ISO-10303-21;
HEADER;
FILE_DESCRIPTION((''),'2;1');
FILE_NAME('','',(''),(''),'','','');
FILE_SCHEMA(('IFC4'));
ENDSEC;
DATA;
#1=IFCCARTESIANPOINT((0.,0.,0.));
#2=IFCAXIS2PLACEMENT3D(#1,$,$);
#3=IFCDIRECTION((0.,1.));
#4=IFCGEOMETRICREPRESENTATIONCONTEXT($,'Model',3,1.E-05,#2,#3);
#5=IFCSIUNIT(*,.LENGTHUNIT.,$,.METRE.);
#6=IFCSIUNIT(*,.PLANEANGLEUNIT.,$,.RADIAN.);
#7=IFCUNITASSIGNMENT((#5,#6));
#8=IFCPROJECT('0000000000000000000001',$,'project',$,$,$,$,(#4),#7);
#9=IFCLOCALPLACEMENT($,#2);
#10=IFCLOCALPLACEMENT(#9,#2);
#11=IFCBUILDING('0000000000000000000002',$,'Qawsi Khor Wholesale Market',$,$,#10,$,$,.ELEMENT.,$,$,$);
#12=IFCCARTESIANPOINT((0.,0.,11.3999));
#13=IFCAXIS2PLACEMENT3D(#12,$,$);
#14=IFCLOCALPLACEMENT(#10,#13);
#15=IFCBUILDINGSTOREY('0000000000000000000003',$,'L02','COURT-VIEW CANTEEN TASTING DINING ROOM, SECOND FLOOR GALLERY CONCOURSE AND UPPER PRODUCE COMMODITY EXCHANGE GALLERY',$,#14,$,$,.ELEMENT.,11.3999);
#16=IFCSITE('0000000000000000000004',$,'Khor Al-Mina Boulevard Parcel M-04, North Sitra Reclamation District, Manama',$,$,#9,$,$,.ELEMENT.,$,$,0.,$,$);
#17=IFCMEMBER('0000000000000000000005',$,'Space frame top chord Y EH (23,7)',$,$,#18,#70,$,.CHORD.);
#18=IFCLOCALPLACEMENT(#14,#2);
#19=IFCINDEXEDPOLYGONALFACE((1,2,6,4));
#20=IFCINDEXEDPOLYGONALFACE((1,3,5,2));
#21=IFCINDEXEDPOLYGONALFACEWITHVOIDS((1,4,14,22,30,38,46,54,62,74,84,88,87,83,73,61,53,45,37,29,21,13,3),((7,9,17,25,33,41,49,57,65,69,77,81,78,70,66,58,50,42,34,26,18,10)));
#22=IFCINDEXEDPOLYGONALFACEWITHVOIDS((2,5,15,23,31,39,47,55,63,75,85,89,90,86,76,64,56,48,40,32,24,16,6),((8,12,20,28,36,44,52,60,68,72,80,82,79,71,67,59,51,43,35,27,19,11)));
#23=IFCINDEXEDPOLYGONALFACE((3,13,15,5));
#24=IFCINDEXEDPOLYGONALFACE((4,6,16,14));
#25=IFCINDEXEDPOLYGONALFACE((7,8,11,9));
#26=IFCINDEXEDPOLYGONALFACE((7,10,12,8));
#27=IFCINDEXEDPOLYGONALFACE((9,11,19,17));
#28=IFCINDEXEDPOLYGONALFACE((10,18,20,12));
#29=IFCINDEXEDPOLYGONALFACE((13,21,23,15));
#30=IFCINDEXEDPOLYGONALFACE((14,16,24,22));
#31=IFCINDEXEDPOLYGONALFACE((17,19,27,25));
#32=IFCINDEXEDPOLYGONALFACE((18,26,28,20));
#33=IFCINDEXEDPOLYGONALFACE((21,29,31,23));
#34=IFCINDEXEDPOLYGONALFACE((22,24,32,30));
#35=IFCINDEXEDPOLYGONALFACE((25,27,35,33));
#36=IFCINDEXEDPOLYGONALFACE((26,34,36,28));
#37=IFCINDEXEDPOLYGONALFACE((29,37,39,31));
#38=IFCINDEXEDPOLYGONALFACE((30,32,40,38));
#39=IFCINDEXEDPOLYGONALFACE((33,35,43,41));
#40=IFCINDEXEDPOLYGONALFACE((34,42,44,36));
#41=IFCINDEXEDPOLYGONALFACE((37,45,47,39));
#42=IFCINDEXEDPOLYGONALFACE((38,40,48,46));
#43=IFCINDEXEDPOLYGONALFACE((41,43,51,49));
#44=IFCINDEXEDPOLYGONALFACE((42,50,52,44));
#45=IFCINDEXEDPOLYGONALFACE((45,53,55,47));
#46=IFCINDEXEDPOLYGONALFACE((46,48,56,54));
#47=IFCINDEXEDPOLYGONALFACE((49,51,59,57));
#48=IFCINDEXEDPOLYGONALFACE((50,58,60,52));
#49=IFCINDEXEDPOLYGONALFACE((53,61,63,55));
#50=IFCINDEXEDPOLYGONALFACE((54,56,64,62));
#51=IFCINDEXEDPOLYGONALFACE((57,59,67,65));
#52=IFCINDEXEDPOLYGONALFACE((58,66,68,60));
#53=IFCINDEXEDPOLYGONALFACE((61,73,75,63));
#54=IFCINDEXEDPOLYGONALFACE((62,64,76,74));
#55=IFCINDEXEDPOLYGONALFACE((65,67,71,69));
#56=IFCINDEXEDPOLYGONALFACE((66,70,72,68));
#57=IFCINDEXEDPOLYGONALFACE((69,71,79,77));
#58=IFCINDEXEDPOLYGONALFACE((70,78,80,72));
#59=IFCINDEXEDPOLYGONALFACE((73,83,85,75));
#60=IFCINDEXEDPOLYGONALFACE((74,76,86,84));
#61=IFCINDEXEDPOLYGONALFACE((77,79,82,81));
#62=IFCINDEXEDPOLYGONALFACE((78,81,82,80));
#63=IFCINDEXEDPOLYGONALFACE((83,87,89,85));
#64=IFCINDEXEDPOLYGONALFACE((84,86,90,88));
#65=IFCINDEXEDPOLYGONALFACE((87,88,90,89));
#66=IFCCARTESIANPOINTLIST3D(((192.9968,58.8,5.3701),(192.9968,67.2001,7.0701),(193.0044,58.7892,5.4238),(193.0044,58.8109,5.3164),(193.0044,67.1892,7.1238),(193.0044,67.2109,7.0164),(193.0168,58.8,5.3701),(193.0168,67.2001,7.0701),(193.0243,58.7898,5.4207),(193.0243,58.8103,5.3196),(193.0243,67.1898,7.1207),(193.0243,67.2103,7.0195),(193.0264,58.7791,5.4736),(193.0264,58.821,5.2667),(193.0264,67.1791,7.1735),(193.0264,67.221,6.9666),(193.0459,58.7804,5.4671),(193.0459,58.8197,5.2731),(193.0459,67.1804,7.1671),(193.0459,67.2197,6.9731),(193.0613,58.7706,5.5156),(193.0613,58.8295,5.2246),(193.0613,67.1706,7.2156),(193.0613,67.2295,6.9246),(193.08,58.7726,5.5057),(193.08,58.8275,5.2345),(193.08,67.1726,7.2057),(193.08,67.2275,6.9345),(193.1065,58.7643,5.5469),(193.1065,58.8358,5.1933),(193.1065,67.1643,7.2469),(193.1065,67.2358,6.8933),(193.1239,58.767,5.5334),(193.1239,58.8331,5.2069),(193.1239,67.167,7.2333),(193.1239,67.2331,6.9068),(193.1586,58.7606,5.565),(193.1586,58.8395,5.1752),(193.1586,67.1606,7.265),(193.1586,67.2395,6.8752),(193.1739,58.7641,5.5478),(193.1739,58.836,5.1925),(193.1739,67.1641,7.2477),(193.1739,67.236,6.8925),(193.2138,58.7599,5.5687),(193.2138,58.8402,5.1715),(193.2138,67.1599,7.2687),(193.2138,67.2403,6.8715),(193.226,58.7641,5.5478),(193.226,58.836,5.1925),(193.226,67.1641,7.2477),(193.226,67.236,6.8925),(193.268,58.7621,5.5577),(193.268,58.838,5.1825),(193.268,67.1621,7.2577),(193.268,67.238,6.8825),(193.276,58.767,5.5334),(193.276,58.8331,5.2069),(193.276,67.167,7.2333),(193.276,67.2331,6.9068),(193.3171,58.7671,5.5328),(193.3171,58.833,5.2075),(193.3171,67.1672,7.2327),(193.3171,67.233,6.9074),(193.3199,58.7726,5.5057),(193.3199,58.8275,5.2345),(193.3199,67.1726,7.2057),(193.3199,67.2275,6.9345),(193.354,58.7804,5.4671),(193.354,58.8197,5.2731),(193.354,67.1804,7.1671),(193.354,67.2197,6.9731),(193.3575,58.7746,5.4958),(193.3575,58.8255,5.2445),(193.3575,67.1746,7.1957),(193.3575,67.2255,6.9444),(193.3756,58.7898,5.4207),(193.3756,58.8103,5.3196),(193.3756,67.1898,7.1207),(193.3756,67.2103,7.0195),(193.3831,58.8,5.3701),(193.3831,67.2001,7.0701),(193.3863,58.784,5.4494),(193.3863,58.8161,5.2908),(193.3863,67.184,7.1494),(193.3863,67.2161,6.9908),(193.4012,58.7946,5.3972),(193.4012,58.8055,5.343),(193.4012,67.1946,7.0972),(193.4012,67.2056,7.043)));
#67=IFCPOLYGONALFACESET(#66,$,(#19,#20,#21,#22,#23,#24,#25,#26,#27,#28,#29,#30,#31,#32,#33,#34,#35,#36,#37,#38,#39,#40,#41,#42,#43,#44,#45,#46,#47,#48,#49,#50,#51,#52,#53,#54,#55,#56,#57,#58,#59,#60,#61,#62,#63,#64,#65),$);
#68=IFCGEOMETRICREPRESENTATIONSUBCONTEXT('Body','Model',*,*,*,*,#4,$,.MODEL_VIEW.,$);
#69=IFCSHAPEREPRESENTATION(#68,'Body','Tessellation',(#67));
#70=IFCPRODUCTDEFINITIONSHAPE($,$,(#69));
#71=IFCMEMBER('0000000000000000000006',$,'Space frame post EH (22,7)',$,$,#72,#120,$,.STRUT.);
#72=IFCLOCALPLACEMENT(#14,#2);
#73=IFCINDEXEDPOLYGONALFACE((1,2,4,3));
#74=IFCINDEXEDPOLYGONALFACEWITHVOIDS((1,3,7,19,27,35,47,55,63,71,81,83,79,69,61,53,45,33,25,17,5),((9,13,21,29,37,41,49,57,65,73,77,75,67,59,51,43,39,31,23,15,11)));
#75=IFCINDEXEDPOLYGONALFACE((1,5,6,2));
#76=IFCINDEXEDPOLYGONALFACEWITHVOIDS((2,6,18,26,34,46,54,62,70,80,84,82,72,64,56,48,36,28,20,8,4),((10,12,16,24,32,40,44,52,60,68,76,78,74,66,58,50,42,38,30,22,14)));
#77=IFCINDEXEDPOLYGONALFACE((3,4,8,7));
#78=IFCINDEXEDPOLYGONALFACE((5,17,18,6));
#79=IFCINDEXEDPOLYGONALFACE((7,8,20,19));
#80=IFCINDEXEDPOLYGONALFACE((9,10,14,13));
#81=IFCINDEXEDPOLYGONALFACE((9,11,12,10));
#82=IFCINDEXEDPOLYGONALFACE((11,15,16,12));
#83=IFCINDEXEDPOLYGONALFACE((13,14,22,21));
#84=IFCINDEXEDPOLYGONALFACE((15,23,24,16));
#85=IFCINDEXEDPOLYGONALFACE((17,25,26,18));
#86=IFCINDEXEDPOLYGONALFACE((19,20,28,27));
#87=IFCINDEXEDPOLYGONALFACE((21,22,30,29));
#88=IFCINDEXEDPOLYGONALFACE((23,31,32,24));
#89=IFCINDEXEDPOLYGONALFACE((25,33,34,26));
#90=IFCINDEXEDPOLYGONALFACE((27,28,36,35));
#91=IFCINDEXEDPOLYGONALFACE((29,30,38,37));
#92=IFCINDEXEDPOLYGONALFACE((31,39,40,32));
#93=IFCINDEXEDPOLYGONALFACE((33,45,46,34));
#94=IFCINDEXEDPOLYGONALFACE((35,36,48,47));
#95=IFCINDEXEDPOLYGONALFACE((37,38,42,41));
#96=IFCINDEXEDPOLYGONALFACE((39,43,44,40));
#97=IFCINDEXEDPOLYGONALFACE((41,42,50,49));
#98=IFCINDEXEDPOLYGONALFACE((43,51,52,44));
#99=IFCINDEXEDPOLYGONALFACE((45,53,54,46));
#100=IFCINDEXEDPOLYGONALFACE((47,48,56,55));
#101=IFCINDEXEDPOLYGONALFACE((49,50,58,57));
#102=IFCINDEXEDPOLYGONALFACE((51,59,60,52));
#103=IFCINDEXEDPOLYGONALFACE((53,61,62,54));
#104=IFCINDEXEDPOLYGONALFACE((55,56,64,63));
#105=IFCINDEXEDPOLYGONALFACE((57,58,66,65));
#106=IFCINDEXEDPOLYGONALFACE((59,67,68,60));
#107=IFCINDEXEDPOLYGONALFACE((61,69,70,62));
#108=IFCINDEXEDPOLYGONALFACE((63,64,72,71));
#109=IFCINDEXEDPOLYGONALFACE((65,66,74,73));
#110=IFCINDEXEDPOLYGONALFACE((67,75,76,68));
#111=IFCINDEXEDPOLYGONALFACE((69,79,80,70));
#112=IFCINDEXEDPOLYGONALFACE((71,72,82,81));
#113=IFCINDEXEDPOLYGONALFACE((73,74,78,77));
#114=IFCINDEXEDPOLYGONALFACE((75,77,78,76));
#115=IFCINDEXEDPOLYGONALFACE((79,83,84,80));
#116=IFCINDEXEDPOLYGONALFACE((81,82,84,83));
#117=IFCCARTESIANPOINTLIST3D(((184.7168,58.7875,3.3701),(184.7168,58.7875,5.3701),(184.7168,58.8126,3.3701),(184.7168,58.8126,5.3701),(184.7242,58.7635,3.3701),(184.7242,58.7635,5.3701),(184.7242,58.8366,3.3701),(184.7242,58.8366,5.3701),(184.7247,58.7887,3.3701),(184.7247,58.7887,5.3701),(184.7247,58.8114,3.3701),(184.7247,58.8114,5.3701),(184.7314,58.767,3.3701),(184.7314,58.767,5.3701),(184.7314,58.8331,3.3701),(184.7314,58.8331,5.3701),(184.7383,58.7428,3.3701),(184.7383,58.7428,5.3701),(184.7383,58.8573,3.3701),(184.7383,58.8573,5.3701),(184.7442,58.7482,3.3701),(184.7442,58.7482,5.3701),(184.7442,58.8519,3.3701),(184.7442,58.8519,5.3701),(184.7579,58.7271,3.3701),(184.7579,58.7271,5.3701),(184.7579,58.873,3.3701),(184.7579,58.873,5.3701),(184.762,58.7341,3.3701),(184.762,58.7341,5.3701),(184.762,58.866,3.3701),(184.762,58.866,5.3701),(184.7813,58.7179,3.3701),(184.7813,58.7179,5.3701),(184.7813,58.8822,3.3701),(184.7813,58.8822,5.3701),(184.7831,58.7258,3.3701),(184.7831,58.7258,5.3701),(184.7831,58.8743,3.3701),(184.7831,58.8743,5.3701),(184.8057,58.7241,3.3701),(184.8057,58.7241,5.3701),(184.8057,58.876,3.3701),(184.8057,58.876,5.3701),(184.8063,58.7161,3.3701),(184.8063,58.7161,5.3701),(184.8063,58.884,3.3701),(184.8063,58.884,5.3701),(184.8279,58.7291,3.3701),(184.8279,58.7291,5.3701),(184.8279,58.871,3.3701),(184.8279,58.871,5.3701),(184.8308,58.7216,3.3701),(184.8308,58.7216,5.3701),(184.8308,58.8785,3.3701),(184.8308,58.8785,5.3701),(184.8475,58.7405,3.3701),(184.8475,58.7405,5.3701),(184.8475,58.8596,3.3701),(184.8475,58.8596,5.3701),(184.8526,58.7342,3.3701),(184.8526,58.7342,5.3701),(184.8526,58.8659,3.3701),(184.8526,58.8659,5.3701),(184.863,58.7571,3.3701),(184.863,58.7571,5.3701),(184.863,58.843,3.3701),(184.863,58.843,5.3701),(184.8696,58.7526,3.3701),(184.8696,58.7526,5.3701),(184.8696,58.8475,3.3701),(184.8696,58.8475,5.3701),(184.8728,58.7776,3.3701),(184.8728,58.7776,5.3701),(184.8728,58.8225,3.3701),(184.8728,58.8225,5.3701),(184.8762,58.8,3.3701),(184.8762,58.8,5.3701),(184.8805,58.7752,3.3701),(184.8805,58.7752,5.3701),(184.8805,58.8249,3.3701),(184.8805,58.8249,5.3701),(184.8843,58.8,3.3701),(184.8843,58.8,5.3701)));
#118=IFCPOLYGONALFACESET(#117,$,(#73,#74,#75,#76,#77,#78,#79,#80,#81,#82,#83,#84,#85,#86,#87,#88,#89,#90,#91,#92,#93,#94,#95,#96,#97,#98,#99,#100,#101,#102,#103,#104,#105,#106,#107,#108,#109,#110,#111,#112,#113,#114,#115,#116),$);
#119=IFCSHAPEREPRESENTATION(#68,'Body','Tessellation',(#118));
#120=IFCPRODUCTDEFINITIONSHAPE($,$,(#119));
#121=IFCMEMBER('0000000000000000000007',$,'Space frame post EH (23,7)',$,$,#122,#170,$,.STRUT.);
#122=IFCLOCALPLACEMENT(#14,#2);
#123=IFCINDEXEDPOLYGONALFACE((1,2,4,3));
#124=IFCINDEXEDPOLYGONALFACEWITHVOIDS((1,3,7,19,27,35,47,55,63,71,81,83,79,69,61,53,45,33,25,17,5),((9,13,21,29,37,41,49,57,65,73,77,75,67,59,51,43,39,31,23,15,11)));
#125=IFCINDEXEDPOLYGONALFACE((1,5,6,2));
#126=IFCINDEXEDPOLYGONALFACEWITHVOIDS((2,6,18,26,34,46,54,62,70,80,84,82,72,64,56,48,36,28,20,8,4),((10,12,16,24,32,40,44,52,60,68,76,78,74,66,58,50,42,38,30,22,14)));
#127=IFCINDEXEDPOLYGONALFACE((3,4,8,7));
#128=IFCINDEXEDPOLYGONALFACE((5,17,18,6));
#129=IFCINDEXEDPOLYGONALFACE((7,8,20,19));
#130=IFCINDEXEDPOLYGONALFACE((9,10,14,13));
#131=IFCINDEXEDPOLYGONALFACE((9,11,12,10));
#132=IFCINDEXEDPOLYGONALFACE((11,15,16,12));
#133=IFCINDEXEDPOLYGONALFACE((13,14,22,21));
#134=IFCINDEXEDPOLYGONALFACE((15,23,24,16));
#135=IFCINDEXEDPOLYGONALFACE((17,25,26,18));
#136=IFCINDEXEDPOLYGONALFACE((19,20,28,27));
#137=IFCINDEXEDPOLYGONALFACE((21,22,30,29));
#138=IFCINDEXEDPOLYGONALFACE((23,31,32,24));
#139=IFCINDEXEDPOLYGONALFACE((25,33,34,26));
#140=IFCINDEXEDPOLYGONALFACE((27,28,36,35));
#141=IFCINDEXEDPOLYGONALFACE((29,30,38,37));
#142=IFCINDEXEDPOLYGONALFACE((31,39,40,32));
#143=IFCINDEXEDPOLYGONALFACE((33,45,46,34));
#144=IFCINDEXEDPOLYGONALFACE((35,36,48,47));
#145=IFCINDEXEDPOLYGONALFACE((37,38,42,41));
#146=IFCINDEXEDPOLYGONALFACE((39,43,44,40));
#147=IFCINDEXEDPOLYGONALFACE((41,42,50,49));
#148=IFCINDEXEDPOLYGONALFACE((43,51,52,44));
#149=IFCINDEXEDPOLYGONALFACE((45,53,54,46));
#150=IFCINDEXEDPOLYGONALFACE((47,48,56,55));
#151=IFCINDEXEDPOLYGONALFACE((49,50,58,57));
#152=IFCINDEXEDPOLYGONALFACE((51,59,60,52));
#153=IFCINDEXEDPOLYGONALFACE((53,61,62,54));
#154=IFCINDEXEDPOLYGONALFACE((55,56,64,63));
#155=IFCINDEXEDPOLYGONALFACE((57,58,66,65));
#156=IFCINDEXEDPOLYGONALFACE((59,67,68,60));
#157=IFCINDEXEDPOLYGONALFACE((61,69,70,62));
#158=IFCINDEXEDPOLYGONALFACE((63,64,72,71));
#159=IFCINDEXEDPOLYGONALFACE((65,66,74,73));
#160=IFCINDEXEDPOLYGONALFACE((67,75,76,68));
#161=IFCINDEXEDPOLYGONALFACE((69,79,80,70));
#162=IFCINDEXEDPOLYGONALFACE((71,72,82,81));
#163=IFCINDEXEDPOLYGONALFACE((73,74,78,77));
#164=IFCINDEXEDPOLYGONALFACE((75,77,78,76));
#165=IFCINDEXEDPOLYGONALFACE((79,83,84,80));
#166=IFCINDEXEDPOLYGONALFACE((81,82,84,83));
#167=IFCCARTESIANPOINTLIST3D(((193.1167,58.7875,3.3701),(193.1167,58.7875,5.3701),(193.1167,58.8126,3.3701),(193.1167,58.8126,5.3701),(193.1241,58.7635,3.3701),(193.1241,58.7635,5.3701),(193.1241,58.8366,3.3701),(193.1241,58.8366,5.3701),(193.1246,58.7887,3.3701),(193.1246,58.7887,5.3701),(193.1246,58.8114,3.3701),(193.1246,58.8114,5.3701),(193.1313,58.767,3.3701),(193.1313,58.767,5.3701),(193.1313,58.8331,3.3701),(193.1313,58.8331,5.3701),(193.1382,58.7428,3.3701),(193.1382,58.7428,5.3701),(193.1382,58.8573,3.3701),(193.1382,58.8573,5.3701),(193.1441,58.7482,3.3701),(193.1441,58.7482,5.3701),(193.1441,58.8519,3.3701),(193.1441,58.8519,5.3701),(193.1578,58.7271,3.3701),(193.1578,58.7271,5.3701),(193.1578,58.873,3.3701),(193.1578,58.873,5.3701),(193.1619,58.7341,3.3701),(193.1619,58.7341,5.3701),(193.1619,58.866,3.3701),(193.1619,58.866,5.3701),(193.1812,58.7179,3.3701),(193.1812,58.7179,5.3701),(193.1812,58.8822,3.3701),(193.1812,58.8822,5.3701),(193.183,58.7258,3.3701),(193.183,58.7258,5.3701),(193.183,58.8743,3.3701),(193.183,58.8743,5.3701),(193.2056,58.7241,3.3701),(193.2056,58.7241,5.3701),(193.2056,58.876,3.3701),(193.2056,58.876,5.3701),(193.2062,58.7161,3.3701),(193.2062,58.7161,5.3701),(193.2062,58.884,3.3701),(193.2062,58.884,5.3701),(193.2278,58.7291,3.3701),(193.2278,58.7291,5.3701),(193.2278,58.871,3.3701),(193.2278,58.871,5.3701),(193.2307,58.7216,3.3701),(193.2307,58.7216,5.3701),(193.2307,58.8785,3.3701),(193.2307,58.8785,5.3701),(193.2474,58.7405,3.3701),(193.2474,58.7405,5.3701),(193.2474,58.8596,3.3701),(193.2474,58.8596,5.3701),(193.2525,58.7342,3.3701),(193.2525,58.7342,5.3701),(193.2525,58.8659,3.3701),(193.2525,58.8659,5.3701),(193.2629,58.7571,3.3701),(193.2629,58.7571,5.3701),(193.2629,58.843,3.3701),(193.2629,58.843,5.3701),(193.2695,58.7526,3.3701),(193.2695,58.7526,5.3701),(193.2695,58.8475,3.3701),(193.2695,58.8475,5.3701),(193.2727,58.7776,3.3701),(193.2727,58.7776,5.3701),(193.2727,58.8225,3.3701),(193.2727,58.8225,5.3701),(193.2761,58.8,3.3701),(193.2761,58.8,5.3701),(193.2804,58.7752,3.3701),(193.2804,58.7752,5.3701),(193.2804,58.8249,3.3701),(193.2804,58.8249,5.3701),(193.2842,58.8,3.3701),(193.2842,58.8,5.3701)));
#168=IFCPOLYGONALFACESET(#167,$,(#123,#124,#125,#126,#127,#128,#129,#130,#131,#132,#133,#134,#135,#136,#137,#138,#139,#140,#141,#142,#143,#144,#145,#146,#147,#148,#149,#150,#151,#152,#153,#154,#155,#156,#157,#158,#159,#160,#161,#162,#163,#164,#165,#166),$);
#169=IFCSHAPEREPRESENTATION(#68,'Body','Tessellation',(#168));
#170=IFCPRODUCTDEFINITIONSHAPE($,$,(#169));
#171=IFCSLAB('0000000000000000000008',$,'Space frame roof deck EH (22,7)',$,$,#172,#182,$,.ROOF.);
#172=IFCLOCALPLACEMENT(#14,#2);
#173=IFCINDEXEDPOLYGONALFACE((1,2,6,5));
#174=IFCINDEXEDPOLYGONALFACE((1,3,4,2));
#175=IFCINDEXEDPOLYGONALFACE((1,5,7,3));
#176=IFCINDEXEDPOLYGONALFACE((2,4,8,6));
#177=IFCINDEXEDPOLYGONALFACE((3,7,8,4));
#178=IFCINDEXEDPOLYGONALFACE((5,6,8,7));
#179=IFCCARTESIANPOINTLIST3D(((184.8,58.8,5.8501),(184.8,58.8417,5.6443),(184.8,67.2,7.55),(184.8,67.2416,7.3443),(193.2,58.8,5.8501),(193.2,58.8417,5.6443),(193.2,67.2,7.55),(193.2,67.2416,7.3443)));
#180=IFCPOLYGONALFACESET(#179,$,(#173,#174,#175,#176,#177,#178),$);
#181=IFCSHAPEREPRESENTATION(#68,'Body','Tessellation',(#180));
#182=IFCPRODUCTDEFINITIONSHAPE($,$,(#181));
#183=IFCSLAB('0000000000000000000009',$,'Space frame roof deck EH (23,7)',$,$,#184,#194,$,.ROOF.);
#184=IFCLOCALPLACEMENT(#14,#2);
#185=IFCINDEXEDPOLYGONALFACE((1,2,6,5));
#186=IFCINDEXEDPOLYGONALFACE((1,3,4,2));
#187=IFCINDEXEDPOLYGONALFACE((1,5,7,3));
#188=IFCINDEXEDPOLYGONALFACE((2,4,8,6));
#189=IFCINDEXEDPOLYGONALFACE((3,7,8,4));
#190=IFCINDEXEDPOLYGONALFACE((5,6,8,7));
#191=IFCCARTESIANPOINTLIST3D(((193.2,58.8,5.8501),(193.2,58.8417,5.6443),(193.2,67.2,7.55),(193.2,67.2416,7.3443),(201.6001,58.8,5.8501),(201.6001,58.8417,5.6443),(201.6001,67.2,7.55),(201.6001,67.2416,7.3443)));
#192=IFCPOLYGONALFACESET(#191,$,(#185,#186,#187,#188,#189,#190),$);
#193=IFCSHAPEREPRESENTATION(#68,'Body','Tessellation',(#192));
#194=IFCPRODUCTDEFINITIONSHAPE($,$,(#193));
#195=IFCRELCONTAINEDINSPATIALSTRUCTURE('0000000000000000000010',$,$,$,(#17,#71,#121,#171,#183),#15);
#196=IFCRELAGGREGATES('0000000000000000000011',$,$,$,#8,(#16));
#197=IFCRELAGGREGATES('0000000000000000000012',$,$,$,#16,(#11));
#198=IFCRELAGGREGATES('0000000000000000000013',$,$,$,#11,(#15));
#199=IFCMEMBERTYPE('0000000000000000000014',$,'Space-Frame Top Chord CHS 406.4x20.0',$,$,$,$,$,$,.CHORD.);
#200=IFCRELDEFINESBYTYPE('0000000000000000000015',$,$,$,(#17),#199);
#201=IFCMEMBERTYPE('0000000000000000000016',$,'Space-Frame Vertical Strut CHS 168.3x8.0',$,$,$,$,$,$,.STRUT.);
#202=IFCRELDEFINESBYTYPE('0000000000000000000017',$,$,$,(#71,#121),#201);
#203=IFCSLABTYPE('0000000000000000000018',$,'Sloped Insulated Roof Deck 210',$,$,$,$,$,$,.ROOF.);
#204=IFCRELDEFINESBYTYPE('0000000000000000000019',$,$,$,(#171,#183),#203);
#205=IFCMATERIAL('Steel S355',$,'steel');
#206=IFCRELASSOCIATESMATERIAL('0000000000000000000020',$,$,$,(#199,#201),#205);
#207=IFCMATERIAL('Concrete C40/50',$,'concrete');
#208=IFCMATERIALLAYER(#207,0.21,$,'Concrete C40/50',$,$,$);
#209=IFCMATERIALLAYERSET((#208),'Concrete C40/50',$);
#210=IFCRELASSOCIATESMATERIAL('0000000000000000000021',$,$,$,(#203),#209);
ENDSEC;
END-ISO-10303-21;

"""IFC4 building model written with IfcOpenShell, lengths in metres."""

from ifc_helpers import new_model, si_unit, direction, frame, origin, origin_2d, place, context, subcontext, project, spatial, polyline, hollow_circle, outline, extrude, material, layer, layer_set, material_profile, profile_set, type_object, element, save


model = new_model("IFC4")

# Units and contexts
model_context = context("Model", 3, precision=1e-05, world=origin(), true_north=direction((0.0, 1.0)))
body_context = subcontext(model_context, "Body", "Model", "MODEL_VIEW")
ifc_project = project(units=[si_unit("LENGTHUNIT", "METRE"), si_unit("PLANEANGLEUNIT", "RADIAN")], contexts=[model_context])

# Site, building, storey
site_placement = place(None, origin())
site = spatial("IfcSite", under=ifc_project, at=site_placement, Name="Khor Al-Mina Boulevard Parcel M-04, North Sitra Reclamation District, Manama", CompositionType="ELEMENT", RefElevation=0.0)
building_placement = place(site_placement, origin())
building = spatial("IfcBuilding", under=site, at=building_placement, Name="Qawsi Khor Wholesale Market", CompositionType="ELEMENT")
storey_placement = place(building_placement, frame((0.0, 0.0, 11.3999)))
storey = spatial("IfcBuildingStorey", under=building, at=storey_placement, Name="L02", Description="COURT-VIEW CANTEEN TASTING DINING ROOM, SECOND FLOOR GALLERY CONCOURSE AND UPPER PRODUCE COMMODITY EXCHANGE GALLERY", CompositionType="ELEMENT", Elevation=11.3999)

# Members
ifc_material_1 = material(Name="Steel S355", Category="steel")
ifc_material_profile_1 = material_profile(ifc_material_1, hollow_circle(Radius=0.2031, WallThickness=0.02, at=origin_2d()), Name="CHS 406.4x20.0")
ifc_profile_set_1 = profile_set([ifc_material_profile_1], Name="Steel S355")
member_type_1 = type_object("IfcMemberType", Name="Space-Frame Top Chord CHS 406.4x20.0", PredefinedType="CHORD", material=ifc_profile_set_1)
for number, where, z_axis, x_axis, name in (
    (1, (193.2, 58.8, 5.3701), (0.0, 0.98013, 0.198356), (-1.0, 0.0, 0.0), "Space frame top chord Y EH (23,7)"),
):
    element("IfcMember", number, at=place(storey_placement, frame(where, z_axis=z_axis, x_axis=x_axis)), inside=storey, type_object=member_type_1, Name=name, PredefinedType="CHORD", context=body_context, shape_type="SweptSolid", body=[
        extrude(hollow_circle(Radius=0.2031, WallThickness=0.02, at=origin_2d()), origin(), (0.0, 0.0, 1.0), 8.5703),
    ])
ifc_material_profile_2 = material_profile(ifc_material_1, hollow_circle(Radius=0.0842, WallThickness=0.0081, at=origin_2d()), Name="CHS 168.3x8.0")
ifc_profile_set_2 = profile_set([ifc_material_profile_2], Name="Steel S355")
member_type_2 = type_object("IfcMemberType", Name="Space-Frame Vertical Strut CHS 168.3x8.0", PredefinedType="STRUT", material=ifc_profile_set_2)
for number, where, z_axis, x_axis, name in (
    (2, (184.8, 58.8, 3.3701), (0.0, 0.0, 1.0), (1.0, 0.0, 0.0), "Space frame post EH (22,7)"),
    (3, (193.2, 58.8, 3.3701), (0.0, 0.0, 1.0), (1.0, 0.0, 0.0), "Space frame post EH (23,7)"),
):
    element("IfcMember", number, at=place(storey_placement, frame(where, z_axis=z_axis, x_axis=x_axis)), inside=storey, type_object=member_type_2, Name=name, PredefinedType="STRUT", context=body_context, shape_type="SweptSolid", body=[
        extrude(hollow_circle(Radius=0.0842, WallThickness=0.0081, at=origin_2d()), origin(), (0.0, 0.0, 1.0), 2.0),
    ])

# Slabs
ifc_material_2 = material(Name="Concrete C40/50", Category="concrete")
ifc_layer = layer(ifc_material_2, 0.21, Name="Concrete C40/50")
ifc_layer_set = layer_set([ifc_layer], Name="Concrete C40/50")
slab_type = type_object("IfcSlabType", Name="Sloped Insulated Roof Deck 210", PredefinedType="ROOF", material=ifc_layer_set)
slab_1_placement = place(storey_placement, frame((184.8, 58.8, 5.8501), z_axis=(0.0, -0.198356, 0.98013), x_axis=(1.0, 0.0, 0.0)))
element("IfcSlab", 4, at=slab_1_placement, inside=storey, type_object=slab_type, Name="Space frame roof deck EH (22,7)", PredefinedType="ROOF", context=body_context, shape_type="SweptSolid", body=[
    extrude(outline(polyline([(0.0, 0.0), (8.3999, 0.0), (8.3999, 8.5702), (0.0, 8.5702), (0.0, 0.0)])), origin(), (0.0, 0.0, -1.0), 0.21),
])
slab_2_placement = place(storey_placement, frame((193.2, 58.8, 5.8501), z_axis=(0.0, -0.198356, 0.98013), x_axis=(1.0, 0.0, 0.0)))
element("IfcSlab", 5, at=slab_2_placement, inside=storey, type_object=slab_type, Name="Space frame roof deck EH (23,7)", PredefinedType="ROOF", context=body_context, shape_type="SweptSolid", body=[
    extrude(outline(polyline([(0.0, 0.0), (8.4001, 0.0), (8.4001, 8.5702), (0.0, 8.5702), (0.0, 0.0)])), origin(), (0.0, 0.0, -1.0), 0.21),
])

save(model, "model.ifc")
